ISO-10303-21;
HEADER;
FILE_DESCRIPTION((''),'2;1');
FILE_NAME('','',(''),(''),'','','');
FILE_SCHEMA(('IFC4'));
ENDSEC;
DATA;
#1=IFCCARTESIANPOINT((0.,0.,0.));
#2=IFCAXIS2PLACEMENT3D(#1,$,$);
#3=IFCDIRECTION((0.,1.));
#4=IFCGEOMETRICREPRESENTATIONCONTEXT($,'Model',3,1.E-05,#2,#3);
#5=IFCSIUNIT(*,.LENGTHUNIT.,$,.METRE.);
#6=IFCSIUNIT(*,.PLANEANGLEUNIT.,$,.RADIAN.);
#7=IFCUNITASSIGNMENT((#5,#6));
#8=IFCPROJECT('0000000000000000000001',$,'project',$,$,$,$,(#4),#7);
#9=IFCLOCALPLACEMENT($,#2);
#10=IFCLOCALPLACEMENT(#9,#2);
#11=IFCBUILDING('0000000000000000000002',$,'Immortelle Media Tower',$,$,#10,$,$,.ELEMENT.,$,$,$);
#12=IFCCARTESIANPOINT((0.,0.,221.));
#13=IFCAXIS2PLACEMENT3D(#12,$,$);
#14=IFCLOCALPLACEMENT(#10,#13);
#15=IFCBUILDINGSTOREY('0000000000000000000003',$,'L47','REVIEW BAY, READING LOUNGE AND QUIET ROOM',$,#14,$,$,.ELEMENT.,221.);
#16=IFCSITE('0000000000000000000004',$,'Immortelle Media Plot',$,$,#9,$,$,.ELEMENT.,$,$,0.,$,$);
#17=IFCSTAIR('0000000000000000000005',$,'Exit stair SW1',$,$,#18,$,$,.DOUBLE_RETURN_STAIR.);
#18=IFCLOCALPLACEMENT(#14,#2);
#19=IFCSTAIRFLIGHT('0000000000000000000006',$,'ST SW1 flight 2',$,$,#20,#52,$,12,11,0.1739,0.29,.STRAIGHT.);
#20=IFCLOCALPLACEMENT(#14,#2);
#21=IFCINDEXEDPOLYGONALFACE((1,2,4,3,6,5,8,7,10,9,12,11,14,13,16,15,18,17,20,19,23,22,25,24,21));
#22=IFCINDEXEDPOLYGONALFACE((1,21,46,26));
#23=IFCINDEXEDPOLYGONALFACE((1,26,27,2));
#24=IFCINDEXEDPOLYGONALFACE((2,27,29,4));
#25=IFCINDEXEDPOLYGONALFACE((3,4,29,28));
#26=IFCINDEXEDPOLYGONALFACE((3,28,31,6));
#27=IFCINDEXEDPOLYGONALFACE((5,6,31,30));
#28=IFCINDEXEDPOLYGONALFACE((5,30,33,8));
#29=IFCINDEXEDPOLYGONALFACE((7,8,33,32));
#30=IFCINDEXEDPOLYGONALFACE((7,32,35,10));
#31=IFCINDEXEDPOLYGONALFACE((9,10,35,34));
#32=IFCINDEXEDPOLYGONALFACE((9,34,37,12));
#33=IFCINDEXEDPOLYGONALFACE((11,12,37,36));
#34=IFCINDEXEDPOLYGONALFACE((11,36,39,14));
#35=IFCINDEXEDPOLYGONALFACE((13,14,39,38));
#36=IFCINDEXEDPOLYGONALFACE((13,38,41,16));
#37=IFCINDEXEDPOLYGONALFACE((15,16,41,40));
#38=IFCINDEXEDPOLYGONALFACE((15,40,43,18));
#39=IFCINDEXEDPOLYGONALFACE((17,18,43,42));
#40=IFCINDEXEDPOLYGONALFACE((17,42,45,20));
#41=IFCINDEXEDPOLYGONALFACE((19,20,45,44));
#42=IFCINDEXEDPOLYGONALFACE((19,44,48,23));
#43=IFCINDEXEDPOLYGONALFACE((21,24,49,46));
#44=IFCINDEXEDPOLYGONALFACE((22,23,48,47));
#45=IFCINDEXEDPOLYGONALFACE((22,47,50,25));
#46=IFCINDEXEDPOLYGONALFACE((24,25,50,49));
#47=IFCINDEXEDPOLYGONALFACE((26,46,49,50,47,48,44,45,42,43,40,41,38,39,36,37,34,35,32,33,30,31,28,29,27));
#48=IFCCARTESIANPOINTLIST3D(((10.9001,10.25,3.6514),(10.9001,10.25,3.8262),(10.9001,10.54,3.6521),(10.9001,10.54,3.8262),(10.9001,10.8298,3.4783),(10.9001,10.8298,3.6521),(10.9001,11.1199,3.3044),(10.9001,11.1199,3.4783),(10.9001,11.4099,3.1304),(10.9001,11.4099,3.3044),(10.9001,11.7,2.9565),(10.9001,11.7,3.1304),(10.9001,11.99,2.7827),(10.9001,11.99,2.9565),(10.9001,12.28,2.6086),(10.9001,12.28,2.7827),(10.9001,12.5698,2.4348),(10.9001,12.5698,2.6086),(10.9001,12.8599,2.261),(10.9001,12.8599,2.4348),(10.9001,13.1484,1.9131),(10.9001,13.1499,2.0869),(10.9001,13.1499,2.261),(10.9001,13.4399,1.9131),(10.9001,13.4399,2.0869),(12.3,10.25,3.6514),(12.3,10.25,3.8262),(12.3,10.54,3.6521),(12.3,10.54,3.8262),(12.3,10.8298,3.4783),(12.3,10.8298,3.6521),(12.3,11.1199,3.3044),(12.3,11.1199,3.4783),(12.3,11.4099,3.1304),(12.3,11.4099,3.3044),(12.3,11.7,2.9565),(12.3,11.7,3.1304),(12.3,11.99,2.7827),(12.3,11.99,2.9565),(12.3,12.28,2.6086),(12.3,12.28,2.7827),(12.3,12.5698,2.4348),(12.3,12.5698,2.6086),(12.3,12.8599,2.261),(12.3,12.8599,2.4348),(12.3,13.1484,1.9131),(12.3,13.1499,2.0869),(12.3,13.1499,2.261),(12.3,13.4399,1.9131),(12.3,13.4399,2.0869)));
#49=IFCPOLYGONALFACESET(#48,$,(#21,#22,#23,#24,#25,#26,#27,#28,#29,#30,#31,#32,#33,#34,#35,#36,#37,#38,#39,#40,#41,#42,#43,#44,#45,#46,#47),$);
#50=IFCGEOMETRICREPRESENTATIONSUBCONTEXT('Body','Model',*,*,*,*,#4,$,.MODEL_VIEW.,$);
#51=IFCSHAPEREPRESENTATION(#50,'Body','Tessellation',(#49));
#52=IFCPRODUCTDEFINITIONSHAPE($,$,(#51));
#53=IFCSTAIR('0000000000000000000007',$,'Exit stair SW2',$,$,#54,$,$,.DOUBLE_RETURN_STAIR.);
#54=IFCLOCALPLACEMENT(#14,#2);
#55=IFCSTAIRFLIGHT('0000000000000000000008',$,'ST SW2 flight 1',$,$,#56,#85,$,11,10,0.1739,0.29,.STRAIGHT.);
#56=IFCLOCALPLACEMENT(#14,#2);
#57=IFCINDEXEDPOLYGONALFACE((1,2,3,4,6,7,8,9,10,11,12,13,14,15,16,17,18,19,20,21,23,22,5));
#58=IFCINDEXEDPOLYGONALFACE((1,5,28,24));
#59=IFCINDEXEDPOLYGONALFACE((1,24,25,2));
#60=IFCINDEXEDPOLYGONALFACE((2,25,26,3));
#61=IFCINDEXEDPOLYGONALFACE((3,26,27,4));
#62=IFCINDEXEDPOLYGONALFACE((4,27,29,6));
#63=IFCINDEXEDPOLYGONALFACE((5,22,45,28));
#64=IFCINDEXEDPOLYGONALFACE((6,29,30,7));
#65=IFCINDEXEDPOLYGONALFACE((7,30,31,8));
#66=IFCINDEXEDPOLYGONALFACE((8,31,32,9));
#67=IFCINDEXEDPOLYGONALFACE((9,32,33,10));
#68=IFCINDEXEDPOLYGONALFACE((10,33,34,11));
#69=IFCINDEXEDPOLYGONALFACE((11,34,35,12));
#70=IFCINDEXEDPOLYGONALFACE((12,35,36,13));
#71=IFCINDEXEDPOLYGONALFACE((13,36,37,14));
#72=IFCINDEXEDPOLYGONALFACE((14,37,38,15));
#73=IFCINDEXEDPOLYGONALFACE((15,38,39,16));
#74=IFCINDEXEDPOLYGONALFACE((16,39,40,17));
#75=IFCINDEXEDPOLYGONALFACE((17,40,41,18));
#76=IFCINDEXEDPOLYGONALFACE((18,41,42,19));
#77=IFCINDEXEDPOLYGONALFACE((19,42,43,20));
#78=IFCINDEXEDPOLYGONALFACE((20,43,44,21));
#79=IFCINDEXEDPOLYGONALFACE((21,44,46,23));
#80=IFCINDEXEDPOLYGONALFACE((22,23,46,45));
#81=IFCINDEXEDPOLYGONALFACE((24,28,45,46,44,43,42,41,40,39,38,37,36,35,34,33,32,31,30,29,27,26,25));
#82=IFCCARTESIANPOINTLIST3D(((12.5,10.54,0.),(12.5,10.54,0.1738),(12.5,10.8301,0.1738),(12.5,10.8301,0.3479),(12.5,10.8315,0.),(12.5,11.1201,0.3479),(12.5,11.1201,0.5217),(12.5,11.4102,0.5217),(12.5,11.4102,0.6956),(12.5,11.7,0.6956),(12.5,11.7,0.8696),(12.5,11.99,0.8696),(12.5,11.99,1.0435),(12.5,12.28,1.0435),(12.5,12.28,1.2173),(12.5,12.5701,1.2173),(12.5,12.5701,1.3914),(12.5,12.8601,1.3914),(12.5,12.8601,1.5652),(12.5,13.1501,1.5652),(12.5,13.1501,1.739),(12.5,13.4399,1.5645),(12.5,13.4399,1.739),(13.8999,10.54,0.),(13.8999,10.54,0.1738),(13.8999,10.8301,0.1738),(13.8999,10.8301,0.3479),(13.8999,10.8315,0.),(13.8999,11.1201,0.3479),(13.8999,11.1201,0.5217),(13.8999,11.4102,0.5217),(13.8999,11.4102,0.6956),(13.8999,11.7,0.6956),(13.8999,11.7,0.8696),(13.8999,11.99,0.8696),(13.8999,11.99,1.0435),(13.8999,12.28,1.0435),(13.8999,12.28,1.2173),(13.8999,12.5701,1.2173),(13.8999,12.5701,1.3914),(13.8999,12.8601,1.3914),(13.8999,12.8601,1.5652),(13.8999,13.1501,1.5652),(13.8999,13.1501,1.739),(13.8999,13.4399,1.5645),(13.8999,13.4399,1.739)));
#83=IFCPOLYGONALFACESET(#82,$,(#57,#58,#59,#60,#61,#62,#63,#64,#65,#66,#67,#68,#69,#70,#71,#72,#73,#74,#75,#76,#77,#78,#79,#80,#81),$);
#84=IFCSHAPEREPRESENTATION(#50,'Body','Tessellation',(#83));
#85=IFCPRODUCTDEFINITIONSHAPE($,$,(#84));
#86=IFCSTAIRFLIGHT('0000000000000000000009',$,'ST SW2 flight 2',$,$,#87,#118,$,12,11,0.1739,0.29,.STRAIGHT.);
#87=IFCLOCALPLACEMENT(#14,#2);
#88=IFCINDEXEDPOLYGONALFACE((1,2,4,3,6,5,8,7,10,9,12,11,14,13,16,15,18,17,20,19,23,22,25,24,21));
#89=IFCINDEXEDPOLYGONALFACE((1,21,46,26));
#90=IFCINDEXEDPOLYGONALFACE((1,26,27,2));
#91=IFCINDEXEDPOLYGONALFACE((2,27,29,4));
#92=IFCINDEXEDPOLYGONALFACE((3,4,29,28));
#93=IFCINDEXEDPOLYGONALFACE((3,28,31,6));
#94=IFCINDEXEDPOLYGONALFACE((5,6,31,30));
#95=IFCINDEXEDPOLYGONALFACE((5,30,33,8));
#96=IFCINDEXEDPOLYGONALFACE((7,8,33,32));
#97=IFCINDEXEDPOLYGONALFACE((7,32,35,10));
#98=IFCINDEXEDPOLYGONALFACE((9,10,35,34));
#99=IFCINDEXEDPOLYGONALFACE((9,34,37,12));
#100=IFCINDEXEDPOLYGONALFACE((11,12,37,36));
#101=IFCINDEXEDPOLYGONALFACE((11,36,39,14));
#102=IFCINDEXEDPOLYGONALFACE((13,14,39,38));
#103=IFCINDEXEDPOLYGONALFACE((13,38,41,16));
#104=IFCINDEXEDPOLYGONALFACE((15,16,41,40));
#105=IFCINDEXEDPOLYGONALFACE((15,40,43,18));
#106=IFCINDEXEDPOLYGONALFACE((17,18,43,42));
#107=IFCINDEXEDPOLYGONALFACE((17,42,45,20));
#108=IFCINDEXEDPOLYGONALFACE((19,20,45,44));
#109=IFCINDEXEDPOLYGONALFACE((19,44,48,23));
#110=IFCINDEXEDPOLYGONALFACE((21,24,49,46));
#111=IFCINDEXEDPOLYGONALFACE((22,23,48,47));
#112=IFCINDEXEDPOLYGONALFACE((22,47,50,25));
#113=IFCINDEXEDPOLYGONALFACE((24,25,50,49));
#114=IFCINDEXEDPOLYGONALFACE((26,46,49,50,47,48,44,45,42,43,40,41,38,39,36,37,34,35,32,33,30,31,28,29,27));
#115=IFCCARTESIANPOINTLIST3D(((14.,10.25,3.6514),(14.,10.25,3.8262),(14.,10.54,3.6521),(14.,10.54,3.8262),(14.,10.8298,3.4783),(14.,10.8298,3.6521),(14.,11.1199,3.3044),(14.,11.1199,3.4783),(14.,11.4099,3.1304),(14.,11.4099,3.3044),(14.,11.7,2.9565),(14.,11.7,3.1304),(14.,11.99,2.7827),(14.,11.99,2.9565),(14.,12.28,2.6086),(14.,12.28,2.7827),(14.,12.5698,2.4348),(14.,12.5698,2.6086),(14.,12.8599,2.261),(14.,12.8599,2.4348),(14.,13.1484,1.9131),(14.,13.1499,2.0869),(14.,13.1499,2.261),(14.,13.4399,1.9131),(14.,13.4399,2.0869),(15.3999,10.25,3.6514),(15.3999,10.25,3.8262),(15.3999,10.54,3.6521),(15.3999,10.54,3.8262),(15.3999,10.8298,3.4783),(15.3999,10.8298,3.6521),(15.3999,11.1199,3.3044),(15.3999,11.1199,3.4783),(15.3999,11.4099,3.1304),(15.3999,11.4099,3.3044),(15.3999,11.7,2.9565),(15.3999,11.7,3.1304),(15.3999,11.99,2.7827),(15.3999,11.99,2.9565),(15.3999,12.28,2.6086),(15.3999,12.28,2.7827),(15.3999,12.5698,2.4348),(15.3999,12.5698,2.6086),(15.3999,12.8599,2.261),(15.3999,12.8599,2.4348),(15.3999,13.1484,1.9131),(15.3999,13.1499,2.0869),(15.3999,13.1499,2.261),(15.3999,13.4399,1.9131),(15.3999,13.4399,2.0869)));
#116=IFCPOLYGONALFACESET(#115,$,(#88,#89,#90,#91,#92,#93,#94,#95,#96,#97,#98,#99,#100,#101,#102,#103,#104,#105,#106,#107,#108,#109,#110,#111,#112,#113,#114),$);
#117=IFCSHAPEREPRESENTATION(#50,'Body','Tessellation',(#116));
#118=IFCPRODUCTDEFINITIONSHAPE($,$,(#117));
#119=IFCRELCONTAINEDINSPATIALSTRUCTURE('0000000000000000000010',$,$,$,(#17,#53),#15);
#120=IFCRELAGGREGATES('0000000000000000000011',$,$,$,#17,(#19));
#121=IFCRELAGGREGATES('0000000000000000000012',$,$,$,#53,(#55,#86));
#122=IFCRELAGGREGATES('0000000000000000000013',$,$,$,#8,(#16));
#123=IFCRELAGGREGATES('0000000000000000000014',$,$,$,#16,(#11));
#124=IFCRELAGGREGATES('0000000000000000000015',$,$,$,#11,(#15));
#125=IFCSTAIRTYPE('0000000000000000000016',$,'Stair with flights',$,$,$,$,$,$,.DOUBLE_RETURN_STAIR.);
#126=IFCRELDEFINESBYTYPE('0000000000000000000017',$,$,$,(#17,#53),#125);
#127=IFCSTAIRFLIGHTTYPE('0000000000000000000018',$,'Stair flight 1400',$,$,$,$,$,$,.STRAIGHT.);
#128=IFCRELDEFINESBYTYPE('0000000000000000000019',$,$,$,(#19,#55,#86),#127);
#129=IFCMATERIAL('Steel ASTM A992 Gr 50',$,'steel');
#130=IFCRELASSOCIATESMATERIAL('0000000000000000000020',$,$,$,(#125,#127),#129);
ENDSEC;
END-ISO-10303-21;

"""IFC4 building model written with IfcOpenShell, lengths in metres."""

from ifc_helpers import new_model, si_unit, direction, frame, origin, place, context, subcontext, project, spatial, polyline, outline, extrude, material, type_object, element, aggregate, save


model = new_model("IFC4")

# Units and contexts
model_context = context("Model", 3, precision=1e-05, world=origin(), true_north=direction((0.0, 1.0)))
body_context = subcontext(model_context, "Body", "Model", "MODEL_VIEW")
ifc_project = project(units=[si_unit("LENGTHUNIT", "METRE"), si_unit("PLANEANGLEUNIT", "RADIAN")], contexts=[model_context])

# Site, building, storey
site_placement = place(None, origin())
site = spatial("IfcSite", under=ifc_project, at=site_placement, Name="Immortelle Media Plot", CompositionType="ELEMENT", RefElevation=0.0)
building_placement = place(site_placement, origin())
building = spatial("IfcBuilding", under=site, at=building_placement, Name="Immortelle Media Tower", CompositionType="ELEMENT")
storey_placement = place(building_placement, frame((0.0, 0.0, 221.0)))
storey = spatial("IfcBuildingStorey", under=building, at=storey_placement, Name="L47", Description="REVIEW BAY, READING LOUNGE AND QUIET ROOM", CompositionType="ELEMENT", Elevation=221.0)

# Shared definitions
ifc_material_1 = material(Name="Steel ASTM A992 Gr 50", Category="steel")

# Stairs, stair flights
stair_type = type_object("IfcStairType", Name="Stair with flights", PredefinedType="DOUBLE_RETURN_STAIR", material=ifc_material_1)
stair_1_placement = place(storey_placement, origin())
stair_1 = element("IfcStair", 1, at=stair_1_placement, inside=storey, type_object=stair_type, Name="Exit stair SW1", PredefinedType="DOUBLE_RETURN_STAIR")
stair_flight_type = type_object("IfcStairFlightType", Name="Stair flight 1400", PredefinedType="STRAIGHT", material=ifc_material_1)
stair_flight_1_placement = place(storey_placement, frame((11.6001, 13.4399, 1.9131), z_axis=(0.0, 0.0, 1.0), x_axis=(0.0, -1.0, 0.0)))
stair_flight_1 = element("IfcStairFlight", 2, at=stair_flight_1_placement, type_object=stair_flight_type, Name="ST SW1 flight 2", NumberOfRisers=12, NumberOfTreads=11, PredefinedType="STRAIGHT", RiserHeight=0.1739, TreadLength=0.29, context=body_context, shape_type="SweptSolid", body=[
    extrude(outline(polyline([(0.0, 0.0), (0.0, 0.1738), (0.29, 0.1738), (0.29, 0.3479), (0.5801, 0.3479), (0.5801, 0.5217), (0.8701, 0.5217), (0.8701, 0.6956), (1.1599, 0.6956), (1.1599, 0.8696), (1.45, 0.8696), (1.45, 1.0435), (1.74, 1.0435), (1.74, 1.2173), (2.03, 1.2173), (2.03, 1.3914), (2.3201, 1.3914), (2.3201, 1.5652), (2.6101, 1.5652), (2.6101, 1.739), (2.8999, 1.739), (2.8999, 1.9131), (3.1899, 1.9131), (3.1899, 2.0869), (3.1899, 1.7383), (0.2915, 0.0), (0.0, 0.0)])), frame((0.0, 0.7, 0.0), z_axis=(0.0, -1.0, 0.0), x_axis=(1.0, 0.0, 0.0)), (0.0, 0.0, 1.0), 1.3999),
])
aggregate(stair_1, [stair_flight_1])
stair_2_placement = place(storey_placement, origin())
stair_2 = element("IfcStair", 3, at=stair_2_placement, inside=storey, type_object=stair_type, Name="Exit stair SW2", PredefinedType="DOUBLE_RETURN_STAIR")
stair_flight_2_placement = place(storey_placement, frame((13.2, 10.54, 0.0), z_axis=(0.0, 0.0, 1.0), x_axis=(0.0, 1.0, 0.0)))
stair_flight_2 = element("IfcStairFlight", 4, at=stair_flight_2_placement, type_object=stair_flight_type, Name="ST SW2 flight 1", NumberOfRisers=11, NumberOfTreads=10, PredefinedType="STRAIGHT", RiserHeight=0.1739, TreadLength=0.29, context=body_context, shape_type="SweptSolid", body=[
    extrude(outline(polyline([(0.0, 0.0), (0.0, 0.1738), (0.29, 0.1738), (0.29, 0.3479), (0.5801, 0.3479), (0.5801, 0.5217), (0.8701, 0.5217), (0.8701, 0.6956), (1.1599, 0.6956), (1.1599, 0.8696), (1.45, 0.8696), (1.45, 1.0435), (1.74, 1.0435), (1.74, 1.2173), (2.03, 1.2173), (2.03, 1.3914), (2.3201, 1.3914), (2.3201, 1.5652), (2.6101, 1.5652), (2.6101, 1.739), (2.8999, 1.739), (2.8999, 1.9131), (2.8999, 1.5645), (0.2915, 0.0), (0.0, 0.0)])), frame((0.0, 0.7, 0.0), z_axis=(0.0, -1.0, 0.0), x_axis=(1.0, 0.0, 0.0)), (0.0, 0.0, 1.0), 1.3999),
])
stair_flight_3_placement = place(storey_placement, frame((14.7, 13.4399, 1.9131), z_axis=(0.0, 0.0, 1.0), x_axis=(0.0, -1.0, 0.0)))
stair_flight_3 = element("IfcStairFlight", 5, at=stair_flight_3_placement, type_object=stair_flight_type, Name="ST SW2 flight 2", NumberOfRisers=12, NumberOfTreads=11, PredefinedType="STRAIGHT", RiserHeight=0.1739, TreadLength=0.29, context=body_context, shape_type="SweptSolid", body=[
    extrude(outline(polyline([(0.0, 0.0), (0.0, 0.1738), (0.29, 0.1738), (0.29, 0.3479), (0.5801, 0.3479), (0.5801, 0.5217), (0.8701, 0.5217), (0.8701, 0.6956), (1.1599, 0.6956), (1.1599, 0.8696), (1.45, 0.8696), (1.45, 1.0435), (1.74, 1.0435), (1.74, 1.2173), (2.03, 1.2173), (2.03, 1.3914), (2.3201, 1.3914), (2.3201, 1.5652), (2.6101, 1.5652), (2.6101, 1.739), (2.8999, 1.739), (2.8999, 1.9131), (3.1899, 1.9131), (3.1899, 2.0869), (3.1899, 1.7383), (0.2915, 0.0), (0.0, 0.0)])), frame((0.0, 0.7, 0.0), z_axis=(0.0, -1.0, 0.0), x_axis=(1.0, 0.0, 0.0)), (0.0, 0.0, 1.0), 1.3999),
])
aggregate(stair_2, [stair_flight_2, stair_flight_3])

save(model, "model.ifc")
